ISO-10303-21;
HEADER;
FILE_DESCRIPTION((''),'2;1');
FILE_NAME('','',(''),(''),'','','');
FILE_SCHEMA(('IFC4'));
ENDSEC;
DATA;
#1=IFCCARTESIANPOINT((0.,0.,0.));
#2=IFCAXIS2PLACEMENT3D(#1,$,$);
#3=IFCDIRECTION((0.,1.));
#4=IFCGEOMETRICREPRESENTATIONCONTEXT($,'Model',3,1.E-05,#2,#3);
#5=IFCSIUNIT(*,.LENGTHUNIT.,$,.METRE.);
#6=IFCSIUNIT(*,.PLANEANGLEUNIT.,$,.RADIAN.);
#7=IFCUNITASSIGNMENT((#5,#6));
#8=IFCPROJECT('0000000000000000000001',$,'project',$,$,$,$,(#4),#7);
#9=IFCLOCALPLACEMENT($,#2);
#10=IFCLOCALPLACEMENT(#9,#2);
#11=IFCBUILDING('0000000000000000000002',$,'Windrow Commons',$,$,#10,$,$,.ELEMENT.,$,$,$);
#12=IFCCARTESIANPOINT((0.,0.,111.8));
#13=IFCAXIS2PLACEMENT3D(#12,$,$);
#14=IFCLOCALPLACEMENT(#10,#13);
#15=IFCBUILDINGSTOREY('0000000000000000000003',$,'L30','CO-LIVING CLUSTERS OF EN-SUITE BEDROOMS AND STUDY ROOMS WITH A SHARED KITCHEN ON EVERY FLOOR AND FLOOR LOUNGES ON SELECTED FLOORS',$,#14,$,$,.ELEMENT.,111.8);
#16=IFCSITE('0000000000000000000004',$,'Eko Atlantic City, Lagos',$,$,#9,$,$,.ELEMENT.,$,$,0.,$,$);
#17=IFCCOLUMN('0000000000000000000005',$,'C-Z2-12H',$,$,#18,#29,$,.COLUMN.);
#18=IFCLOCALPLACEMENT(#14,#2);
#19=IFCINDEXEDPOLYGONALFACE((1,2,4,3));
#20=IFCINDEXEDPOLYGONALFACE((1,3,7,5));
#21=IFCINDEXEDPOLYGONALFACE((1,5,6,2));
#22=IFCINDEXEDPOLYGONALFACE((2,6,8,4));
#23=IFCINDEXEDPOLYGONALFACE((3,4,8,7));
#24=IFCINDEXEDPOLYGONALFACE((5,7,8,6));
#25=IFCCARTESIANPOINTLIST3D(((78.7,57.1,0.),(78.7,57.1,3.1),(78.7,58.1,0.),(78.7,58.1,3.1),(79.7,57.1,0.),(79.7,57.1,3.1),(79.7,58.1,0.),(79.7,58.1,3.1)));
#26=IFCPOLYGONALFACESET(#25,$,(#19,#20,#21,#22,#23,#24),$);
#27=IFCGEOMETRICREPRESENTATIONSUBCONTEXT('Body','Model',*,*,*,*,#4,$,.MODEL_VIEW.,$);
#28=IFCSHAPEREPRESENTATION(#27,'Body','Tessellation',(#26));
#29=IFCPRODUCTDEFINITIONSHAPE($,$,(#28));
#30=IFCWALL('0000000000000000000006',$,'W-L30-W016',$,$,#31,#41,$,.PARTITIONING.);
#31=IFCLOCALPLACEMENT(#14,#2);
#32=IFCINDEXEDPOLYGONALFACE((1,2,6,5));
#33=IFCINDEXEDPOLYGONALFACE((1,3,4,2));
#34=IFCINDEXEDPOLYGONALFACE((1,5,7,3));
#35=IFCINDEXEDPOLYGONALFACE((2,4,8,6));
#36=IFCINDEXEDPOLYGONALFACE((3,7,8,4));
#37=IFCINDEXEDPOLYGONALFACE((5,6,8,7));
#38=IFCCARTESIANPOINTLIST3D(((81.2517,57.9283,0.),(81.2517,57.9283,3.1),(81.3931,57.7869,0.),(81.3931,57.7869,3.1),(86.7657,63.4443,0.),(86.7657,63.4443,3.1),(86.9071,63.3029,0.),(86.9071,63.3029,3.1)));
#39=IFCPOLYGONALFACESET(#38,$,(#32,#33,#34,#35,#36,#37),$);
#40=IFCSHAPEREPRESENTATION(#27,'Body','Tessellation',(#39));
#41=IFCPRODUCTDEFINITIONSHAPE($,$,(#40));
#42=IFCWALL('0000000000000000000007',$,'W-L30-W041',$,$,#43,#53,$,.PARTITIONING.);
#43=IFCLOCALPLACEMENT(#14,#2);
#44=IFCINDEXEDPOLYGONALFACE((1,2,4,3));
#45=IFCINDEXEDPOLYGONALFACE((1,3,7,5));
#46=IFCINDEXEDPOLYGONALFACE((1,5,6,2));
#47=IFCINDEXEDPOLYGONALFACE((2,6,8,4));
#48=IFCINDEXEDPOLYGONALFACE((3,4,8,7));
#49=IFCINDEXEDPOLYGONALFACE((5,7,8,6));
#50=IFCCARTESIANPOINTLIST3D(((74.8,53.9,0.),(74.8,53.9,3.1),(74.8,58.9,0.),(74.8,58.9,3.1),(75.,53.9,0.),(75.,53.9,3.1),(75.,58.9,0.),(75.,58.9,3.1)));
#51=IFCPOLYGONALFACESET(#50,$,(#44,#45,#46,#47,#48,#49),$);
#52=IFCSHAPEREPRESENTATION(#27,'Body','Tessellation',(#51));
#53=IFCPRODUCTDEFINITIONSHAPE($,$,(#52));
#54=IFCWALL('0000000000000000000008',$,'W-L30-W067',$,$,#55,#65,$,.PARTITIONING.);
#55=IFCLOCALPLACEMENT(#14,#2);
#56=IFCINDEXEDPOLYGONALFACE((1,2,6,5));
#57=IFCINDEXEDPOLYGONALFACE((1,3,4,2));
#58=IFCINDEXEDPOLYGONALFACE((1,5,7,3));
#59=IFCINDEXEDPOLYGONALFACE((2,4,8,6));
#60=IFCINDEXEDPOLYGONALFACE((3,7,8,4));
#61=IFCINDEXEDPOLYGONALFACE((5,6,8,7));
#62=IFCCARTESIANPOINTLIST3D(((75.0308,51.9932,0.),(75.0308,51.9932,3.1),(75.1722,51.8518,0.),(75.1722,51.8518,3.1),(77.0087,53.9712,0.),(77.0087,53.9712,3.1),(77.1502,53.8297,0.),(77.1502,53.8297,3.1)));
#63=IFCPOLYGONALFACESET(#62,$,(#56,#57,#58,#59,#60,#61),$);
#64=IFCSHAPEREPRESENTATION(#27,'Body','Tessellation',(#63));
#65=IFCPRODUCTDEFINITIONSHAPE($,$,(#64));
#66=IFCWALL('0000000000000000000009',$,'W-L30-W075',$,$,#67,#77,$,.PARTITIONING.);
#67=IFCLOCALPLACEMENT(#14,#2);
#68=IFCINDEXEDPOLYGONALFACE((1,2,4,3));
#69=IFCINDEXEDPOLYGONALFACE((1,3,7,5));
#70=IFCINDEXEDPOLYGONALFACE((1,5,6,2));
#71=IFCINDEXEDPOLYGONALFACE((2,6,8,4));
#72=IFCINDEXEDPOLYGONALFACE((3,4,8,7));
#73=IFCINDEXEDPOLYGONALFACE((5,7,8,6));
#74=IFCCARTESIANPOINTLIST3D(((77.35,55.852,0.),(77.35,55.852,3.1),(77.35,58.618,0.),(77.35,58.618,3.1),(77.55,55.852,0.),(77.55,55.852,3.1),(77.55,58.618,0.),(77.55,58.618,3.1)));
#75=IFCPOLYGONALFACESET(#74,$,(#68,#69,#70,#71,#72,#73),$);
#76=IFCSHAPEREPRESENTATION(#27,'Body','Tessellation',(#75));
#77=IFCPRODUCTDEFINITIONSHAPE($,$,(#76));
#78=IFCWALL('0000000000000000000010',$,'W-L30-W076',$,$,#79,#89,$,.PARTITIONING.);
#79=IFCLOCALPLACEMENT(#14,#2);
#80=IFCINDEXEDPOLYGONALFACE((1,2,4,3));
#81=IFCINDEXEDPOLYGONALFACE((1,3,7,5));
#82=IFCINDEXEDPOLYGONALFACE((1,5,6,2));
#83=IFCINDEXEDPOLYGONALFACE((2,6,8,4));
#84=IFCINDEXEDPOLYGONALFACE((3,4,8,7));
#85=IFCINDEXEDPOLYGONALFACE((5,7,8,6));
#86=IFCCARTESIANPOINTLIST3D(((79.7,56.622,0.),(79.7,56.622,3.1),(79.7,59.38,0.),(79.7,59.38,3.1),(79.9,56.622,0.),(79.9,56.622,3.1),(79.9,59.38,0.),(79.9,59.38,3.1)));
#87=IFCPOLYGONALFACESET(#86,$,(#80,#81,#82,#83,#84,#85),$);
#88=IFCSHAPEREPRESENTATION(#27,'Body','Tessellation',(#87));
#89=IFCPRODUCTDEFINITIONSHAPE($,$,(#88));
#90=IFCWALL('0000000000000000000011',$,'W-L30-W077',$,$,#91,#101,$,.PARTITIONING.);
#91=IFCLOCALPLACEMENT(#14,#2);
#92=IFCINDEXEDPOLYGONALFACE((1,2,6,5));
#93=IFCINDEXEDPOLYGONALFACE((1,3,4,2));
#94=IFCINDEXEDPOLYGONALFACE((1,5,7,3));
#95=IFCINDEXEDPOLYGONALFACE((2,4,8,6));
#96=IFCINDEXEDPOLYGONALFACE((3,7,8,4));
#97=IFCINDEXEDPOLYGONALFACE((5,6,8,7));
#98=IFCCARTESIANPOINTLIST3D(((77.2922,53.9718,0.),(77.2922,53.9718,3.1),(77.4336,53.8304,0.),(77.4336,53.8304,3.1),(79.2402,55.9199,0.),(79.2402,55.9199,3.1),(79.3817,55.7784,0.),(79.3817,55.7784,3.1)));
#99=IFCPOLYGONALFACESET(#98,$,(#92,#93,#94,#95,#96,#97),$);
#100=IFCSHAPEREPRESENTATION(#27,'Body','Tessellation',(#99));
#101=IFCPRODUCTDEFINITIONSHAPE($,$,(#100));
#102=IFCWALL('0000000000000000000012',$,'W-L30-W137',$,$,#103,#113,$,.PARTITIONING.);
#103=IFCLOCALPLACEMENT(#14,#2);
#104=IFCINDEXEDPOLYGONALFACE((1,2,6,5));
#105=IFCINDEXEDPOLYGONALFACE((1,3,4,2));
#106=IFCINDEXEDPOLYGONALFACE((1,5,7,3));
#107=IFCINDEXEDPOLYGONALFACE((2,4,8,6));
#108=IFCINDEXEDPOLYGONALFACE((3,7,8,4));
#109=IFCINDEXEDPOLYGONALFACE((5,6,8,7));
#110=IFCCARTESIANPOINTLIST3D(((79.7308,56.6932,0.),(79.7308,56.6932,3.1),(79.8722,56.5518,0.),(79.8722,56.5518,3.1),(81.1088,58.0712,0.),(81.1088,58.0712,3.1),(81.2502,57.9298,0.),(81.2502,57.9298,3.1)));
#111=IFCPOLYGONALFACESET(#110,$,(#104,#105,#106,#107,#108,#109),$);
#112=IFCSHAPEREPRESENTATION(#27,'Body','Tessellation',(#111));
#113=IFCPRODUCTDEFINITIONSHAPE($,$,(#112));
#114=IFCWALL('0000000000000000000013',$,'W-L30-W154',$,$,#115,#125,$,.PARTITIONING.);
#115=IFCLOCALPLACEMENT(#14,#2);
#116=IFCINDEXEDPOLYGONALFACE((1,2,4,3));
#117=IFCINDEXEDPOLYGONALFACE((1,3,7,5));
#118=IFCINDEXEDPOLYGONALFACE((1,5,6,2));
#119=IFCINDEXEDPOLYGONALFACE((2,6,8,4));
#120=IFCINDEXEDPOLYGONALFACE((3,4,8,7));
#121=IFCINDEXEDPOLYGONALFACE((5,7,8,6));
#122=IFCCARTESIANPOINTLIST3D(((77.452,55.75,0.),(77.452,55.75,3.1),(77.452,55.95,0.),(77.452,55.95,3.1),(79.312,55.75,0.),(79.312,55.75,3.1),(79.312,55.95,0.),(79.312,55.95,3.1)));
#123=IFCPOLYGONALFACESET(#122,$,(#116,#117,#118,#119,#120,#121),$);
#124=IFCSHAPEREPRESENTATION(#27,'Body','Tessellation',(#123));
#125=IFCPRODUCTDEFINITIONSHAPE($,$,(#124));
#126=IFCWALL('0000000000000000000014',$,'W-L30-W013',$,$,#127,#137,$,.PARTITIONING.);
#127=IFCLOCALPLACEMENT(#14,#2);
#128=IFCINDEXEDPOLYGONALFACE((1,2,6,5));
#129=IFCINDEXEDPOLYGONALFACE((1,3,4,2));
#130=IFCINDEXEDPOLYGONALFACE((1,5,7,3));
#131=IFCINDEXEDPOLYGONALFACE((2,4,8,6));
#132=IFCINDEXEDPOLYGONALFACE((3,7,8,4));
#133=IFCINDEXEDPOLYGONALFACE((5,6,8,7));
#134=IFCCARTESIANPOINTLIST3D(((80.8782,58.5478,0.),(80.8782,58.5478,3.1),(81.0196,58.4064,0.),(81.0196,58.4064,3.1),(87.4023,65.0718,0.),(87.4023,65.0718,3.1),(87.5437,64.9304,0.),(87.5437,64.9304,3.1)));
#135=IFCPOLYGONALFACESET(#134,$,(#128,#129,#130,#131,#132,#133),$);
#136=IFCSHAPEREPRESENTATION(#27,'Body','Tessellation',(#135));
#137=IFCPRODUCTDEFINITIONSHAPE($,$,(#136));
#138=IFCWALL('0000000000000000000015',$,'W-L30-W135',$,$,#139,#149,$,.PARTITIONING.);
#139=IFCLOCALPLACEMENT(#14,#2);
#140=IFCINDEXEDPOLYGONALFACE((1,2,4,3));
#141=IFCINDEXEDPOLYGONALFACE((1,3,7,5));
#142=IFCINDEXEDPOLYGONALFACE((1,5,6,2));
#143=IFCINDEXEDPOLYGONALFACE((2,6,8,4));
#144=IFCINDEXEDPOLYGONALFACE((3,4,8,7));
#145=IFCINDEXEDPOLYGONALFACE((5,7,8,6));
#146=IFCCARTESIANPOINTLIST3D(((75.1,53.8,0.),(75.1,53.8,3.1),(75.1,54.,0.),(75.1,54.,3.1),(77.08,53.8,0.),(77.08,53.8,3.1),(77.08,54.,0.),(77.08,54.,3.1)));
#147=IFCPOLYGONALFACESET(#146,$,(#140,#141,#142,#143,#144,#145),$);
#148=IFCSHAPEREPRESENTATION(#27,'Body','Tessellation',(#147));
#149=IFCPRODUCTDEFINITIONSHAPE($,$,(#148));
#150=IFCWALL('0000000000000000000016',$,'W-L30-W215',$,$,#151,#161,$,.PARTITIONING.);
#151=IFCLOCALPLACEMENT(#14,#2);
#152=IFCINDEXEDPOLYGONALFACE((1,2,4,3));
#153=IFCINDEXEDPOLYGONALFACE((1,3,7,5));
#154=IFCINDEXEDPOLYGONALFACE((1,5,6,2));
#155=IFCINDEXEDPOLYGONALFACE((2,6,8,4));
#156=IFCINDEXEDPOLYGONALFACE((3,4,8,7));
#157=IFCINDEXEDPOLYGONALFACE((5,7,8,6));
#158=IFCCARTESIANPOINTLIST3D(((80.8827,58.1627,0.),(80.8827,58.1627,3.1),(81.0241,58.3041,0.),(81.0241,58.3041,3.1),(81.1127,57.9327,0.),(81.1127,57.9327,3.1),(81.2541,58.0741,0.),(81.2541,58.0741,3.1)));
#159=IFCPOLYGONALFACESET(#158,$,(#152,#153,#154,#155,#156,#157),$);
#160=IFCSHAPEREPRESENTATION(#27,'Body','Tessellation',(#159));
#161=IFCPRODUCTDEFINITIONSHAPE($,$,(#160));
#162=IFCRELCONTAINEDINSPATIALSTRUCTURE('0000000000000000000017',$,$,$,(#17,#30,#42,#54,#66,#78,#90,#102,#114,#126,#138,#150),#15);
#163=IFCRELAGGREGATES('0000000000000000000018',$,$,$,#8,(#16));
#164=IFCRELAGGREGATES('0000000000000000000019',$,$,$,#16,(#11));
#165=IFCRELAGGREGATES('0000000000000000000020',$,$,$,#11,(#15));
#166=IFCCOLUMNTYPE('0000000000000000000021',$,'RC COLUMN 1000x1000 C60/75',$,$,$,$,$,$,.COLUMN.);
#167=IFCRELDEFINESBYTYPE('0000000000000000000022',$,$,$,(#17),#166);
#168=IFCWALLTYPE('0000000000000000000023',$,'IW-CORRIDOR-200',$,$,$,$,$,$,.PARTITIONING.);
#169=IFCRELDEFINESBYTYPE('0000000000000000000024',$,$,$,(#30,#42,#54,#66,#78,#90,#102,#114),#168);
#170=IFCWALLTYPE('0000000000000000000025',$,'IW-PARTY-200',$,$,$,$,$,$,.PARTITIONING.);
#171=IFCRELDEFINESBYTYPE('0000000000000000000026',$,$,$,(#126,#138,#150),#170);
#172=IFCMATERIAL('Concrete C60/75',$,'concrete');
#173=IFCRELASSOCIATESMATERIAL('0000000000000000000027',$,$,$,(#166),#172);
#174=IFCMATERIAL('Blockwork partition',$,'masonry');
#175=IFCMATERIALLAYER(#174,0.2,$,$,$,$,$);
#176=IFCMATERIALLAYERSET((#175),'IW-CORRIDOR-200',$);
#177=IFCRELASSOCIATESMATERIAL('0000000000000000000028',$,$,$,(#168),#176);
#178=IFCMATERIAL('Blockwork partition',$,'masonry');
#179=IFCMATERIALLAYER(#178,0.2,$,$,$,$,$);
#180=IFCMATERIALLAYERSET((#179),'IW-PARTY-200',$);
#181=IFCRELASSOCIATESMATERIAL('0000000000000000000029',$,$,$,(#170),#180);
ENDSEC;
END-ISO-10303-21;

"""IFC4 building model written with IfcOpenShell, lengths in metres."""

from ifc_helpers import new_model, si_unit, direction, frame, frame_2d, origin, origin_2d, place, context, subcontext, project, spatial, rectangle, extrude, material, layer, layer_set, material_profile, profile_set, type_object, element, save


model = new_model("IFC4")

# Units and contexts
model_context = context("Model", 3, precision=1e-05, world=origin(), true_north=direction((0.0, 1.0)))
body_context = subcontext(model_context, "Body", "Model", "MODEL_VIEW")
ifc_project = project(units=[si_unit("LENGTHUNIT", "METRE"), si_unit("PLANEANGLEUNIT", "RADIAN")], contexts=[model_context])

# Site, building, storey
site_placement = place(None, origin())
site = spatial("IfcSite", under=ifc_project, at=site_placement, Name="Eko Atlantic City, Lagos", CompositionType="ELEMENT", RefElevation=0.0)
building_placement = place(site_placement, origin())
building = spatial("IfcBuilding", under=site, at=building_placement, Name="Windrow Commons", CompositionType="ELEMENT")
storey_placement = place(building_placement, frame((0.0, 0.0, 111.8)))
storey = spatial("IfcBuildingStorey", under=building, at=storey_placement, Name="L30", Description="CO-LIVING CLUSTERS OF EN-SUITE BEDROOMS AND STUDY ROOMS WITH A SHARED KITCHEN ON EVERY FLOOR AND FLOOR LOUNGES ON SELECTED FLOORS", CompositionType="ELEMENT", Elevation=111.8)

# Column
ifc_material_1 = material(Name="Concrete C60/75", Category="concrete")
ifc_material_profile = material_profile(ifc_material_1, rectangle(XDim=1.0, YDim=1.0, at=origin_2d()))
ifc_profile_set = profile_set([ifc_material_profile], Name="Concrete C60/75")
column_type = type_object("IfcColumnType", Name="RC COLUMN 1000x1000 C60/75", PredefinedType="COLUMN", material=ifc_profile_set)
column_placement = place(storey_placement, frame((79.2, 57.6, 0.0), z_axis=(0.0, 0.0, 1.0), x_axis=(1.0, 0.0, 0.0)))
element("IfcColumn", 1, at=column_placement, inside=storey, type_object=column_type, Name="C-Z2-12H", PredefinedType="COLUMN", context=body_context, shape_type="SweptSolid", body=[
    extrude(rectangle(XDim=1.0, YDim=1.0, at=origin_2d()), origin(), (0.0, 0.0, 1.0), 3.1),
])

# Walls
ifc_material_2 = material(Name="Blockwork partition", Category="masonry")
ifc_layer_1 = layer(ifc_material_2, 0.2)
ifc_layer_set_1 = layer_set([ifc_layer_1], Name="IW-CORRIDOR-200")
wall_type_1 = type_object("IfcWallType", Name="IW-CORRIDOR-200", PredefinedType="PARTITIONING", material=ifc_layer_set_1)
wall_1_placement = place(storey_placement, frame((81.3224, 57.8576, 0.0), z_axis=(0.0, 0.0, 1.0), x_axis=(0.706979, 0.707235, 0.0)))
element("IfcWall", 2, at=wall_1_placement, inside=storey, type_object=wall_type_1, Name="W-L30-W016", PredefinedType="PARTITIONING", context=body_context, shape_type="SweptSolid", body=[
    extrude(rectangle(XDim=7.7994, YDim=0.2, at=frame_2d((3.8997, 0.0))), origin(), (0.0, 0.0, 1.0), 3.1),
])
wall_2_placement = place(storey_placement, frame((74.9, 53.9, 0.0), z_axis=(0.0, 0.0, 1.0), x_axis=(0.0, 1.0, 0.0)))
element("IfcWall", 3, at=wall_2_placement, inside=storey, type_object=wall_type_1, Name="W-L30-W041", PredefinedType="PARTITIONING", context=body_context, shape_type="SweptSolid", body=[
    extrude(rectangle(XDim=5.0, YDim=0.2, at=frame_2d((2.5, 0.0))), origin(), (0.0, 0.0, 1.0), 3.1),
])
wall_3_placement = place(storey_placement, frame((75.1015, 51.9225, 0.0), z_axis=(0.0, 0.0, 1.0), x_axis=(0.707107, 0.707107, 0.0)))
element("IfcWall", 4, at=wall_3_placement, inside=storey, type_object=wall_type_1, Name="W-L30-W067", PredefinedType="PARTITIONING", context=body_context, shape_type="SweptSolid", body=[
    extrude(rectangle(XDim=2.7973, YDim=0.2, at=frame_2d((1.3986, 0.0))), origin(), (0.0, 0.0, 1.0), 3.1),
])
wall_4_placement = place(storey_placement, frame((77.45, 55.852, 0.0), z_axis=(0.0, 0.0, 1.0), x_axis=(0.0, 1.0, 0.0)))
element("IfcWall", 5, at=wall_4_placement, inside=storey, type_object=wall_type_1, Name="W-L30-W075", PredefinedType="PARTITIONING", context=body_context, shape_type="SweptSolid", body=[
    extrude(rectangle(XDim=2.766, YDim=0.2, at=frame_2d((1.383, 0.0))), origin(), (0.0, 0.0, 1.0), 3.1),
])
wall_5_placement = place(storey_placement, frame((79.8, 56.622, 0.0), z_axis=(0.0, 0.0, 1.0), x_axis=(0.0, 1.0, 0.0)))
element("IfcWall", 6, at=wall_5_placement, inside=storey, type_object=wall_type_1, Name="W-L30-W076", PredefinedType="PARTITIONING", context=body_context, shape_type="SweptSolid", body=[
    extrude(rectangle(XDim=2.758, YDim=0.2, at=frame_2d((1.379, 0.0))), origin(), (0.0, 0.0, 1.0), 3.1),
])
wall_6_placement = place(storey_placement, frame((77.3629, 53.9011, 0.0), z_axis=(0.0, 0.0, 1.0), x_axis=(0.707107, 0.707107, 0.0)))
element("IfcWall", 7, at=wall_6_placement, inside=storey, type_object=wall_type_1, Name="W-L30-W077", PredefinedType="PARTITIONING", context=body_context, shape_type="SweptSolid", body=[
    extrude(rectangle(XDim=2.7549, YDim=0.2, at=frame_2d((1.3775, 0.0))), origin(), (0.0, 0.0, 1.0), 3.1),
])
wall_7_placement = place(storey_placement, frame((79.8015, 56.6225, 0.0), z_axis=(0.0, 0.0, 1.0), x_axis=(0.707107, 0.707107, 0.0)))
element("IfcWall", 8, at=wall_7_placement, inside=storey, type_object=wall_type_1, Name="W-L30-W137", PredefinedType="PARTITIONING", context=body_context, shape_type="SweptSolid", body=[
    extrude(rectangle(XDim=1.9488, YDim=0.2, at=frame_2d((0.9744, 0.0))), origin(), (0.0, 0.0, 1.0), 3.1),
])
wall_8_placement = place(storey_placement, frame((77.452, 55.85, 0.0), z_axis=(0.0, 0.0, 1.0), x_axis=(1.0, 0.0, 0.0)))
element("IfcWall", 9, at=wall_8_placement, inside=storey, type_object=wall_type_1, Name="W-L30-W154", PredefinedType="PARTITIONING", context=body_context, shape_type="SweptSolid", body=[
    extrude(rectangle(XDim=1.86, YDim=0.2, at=frame_2d((0.93, 0.0))), origin(), (0.0, 0.0, 1.0), 3.1),
])
ifc_material_3 = material(Name="Blockwork partition", Category="masonry")
ifc_layer_2 = layer(ifc_material_3, 0.2)
ifc_layer_set_2 = layer_set([ifc_layer_2], Name="IW-PARTY-200")
wall_type_2 = type_object("IfcWallType", Name="IW-PARTY-200", PredefinedType="PARTITIONING", material=ifc_layer_set_2)
wall_9_placement = place(storey_placement, frame((80.9489, 58.4771, 0.0), z_axis=(0.0, 0.0, 1.0), x_axis=(0.707112, 0.707101, 0.0)))
element("IfcWall", 10, at=wall_9_placement, inside=storey, type_object=wall_type_2, Name="W-L30-W013", PredefinedType="PARTITIONING", context=body_context, shape_type="SweptSolid", body=[
    extrude(rectangle(XDim=9.2263, YDim=0.2, at=frame_2d((4.6132, 0.0))), origin(), (0.0, 0.0, 1.0), 3.1),
])
wall_10_placement = place(storey_placement, frame((75.1, 53.9, 0.0), z_axis=(0.0, 0.0, 1.0), x_axis=(1.0, 0.0, 0.0)))
element("IfcWall", 11, at=wall_10_placement, inside=storey, type_object=wall_type_2, Name="W-L30-W135", PredefinedType="PARTITIONING", context=body_context, shape_type="SweptSolid", body=[
    extrude(rectangle(XDim=1.98, YDim=0.2, at=frame_2d((0.99, 0.0))), origin(), (0.0, 0.0, 1.0), 3.1),
])
wall_11_placement = place(storey_placement, frame((80.9534, 58.2334, 0.0), z_axis=(0.0, 0.0, 1.0), x_axis=(0.707107, -0.707107, 0.0)))
element("IfcWall", 12, at=wall_11_placement, inside=storey, type_object=wall_type_2, Name="W-L30-W215", PredefinedType="PARTITIONING", context=body_context, shape_type="SweptSolid", body=[
    extrude(rectangle(XDim=0.3253, YDim=0.2, at=frame_2d((0.1626, 0.0))), origin(), (0.0, 0.0, 1.0), 3.1),
])

save(model, "model.ifc")
